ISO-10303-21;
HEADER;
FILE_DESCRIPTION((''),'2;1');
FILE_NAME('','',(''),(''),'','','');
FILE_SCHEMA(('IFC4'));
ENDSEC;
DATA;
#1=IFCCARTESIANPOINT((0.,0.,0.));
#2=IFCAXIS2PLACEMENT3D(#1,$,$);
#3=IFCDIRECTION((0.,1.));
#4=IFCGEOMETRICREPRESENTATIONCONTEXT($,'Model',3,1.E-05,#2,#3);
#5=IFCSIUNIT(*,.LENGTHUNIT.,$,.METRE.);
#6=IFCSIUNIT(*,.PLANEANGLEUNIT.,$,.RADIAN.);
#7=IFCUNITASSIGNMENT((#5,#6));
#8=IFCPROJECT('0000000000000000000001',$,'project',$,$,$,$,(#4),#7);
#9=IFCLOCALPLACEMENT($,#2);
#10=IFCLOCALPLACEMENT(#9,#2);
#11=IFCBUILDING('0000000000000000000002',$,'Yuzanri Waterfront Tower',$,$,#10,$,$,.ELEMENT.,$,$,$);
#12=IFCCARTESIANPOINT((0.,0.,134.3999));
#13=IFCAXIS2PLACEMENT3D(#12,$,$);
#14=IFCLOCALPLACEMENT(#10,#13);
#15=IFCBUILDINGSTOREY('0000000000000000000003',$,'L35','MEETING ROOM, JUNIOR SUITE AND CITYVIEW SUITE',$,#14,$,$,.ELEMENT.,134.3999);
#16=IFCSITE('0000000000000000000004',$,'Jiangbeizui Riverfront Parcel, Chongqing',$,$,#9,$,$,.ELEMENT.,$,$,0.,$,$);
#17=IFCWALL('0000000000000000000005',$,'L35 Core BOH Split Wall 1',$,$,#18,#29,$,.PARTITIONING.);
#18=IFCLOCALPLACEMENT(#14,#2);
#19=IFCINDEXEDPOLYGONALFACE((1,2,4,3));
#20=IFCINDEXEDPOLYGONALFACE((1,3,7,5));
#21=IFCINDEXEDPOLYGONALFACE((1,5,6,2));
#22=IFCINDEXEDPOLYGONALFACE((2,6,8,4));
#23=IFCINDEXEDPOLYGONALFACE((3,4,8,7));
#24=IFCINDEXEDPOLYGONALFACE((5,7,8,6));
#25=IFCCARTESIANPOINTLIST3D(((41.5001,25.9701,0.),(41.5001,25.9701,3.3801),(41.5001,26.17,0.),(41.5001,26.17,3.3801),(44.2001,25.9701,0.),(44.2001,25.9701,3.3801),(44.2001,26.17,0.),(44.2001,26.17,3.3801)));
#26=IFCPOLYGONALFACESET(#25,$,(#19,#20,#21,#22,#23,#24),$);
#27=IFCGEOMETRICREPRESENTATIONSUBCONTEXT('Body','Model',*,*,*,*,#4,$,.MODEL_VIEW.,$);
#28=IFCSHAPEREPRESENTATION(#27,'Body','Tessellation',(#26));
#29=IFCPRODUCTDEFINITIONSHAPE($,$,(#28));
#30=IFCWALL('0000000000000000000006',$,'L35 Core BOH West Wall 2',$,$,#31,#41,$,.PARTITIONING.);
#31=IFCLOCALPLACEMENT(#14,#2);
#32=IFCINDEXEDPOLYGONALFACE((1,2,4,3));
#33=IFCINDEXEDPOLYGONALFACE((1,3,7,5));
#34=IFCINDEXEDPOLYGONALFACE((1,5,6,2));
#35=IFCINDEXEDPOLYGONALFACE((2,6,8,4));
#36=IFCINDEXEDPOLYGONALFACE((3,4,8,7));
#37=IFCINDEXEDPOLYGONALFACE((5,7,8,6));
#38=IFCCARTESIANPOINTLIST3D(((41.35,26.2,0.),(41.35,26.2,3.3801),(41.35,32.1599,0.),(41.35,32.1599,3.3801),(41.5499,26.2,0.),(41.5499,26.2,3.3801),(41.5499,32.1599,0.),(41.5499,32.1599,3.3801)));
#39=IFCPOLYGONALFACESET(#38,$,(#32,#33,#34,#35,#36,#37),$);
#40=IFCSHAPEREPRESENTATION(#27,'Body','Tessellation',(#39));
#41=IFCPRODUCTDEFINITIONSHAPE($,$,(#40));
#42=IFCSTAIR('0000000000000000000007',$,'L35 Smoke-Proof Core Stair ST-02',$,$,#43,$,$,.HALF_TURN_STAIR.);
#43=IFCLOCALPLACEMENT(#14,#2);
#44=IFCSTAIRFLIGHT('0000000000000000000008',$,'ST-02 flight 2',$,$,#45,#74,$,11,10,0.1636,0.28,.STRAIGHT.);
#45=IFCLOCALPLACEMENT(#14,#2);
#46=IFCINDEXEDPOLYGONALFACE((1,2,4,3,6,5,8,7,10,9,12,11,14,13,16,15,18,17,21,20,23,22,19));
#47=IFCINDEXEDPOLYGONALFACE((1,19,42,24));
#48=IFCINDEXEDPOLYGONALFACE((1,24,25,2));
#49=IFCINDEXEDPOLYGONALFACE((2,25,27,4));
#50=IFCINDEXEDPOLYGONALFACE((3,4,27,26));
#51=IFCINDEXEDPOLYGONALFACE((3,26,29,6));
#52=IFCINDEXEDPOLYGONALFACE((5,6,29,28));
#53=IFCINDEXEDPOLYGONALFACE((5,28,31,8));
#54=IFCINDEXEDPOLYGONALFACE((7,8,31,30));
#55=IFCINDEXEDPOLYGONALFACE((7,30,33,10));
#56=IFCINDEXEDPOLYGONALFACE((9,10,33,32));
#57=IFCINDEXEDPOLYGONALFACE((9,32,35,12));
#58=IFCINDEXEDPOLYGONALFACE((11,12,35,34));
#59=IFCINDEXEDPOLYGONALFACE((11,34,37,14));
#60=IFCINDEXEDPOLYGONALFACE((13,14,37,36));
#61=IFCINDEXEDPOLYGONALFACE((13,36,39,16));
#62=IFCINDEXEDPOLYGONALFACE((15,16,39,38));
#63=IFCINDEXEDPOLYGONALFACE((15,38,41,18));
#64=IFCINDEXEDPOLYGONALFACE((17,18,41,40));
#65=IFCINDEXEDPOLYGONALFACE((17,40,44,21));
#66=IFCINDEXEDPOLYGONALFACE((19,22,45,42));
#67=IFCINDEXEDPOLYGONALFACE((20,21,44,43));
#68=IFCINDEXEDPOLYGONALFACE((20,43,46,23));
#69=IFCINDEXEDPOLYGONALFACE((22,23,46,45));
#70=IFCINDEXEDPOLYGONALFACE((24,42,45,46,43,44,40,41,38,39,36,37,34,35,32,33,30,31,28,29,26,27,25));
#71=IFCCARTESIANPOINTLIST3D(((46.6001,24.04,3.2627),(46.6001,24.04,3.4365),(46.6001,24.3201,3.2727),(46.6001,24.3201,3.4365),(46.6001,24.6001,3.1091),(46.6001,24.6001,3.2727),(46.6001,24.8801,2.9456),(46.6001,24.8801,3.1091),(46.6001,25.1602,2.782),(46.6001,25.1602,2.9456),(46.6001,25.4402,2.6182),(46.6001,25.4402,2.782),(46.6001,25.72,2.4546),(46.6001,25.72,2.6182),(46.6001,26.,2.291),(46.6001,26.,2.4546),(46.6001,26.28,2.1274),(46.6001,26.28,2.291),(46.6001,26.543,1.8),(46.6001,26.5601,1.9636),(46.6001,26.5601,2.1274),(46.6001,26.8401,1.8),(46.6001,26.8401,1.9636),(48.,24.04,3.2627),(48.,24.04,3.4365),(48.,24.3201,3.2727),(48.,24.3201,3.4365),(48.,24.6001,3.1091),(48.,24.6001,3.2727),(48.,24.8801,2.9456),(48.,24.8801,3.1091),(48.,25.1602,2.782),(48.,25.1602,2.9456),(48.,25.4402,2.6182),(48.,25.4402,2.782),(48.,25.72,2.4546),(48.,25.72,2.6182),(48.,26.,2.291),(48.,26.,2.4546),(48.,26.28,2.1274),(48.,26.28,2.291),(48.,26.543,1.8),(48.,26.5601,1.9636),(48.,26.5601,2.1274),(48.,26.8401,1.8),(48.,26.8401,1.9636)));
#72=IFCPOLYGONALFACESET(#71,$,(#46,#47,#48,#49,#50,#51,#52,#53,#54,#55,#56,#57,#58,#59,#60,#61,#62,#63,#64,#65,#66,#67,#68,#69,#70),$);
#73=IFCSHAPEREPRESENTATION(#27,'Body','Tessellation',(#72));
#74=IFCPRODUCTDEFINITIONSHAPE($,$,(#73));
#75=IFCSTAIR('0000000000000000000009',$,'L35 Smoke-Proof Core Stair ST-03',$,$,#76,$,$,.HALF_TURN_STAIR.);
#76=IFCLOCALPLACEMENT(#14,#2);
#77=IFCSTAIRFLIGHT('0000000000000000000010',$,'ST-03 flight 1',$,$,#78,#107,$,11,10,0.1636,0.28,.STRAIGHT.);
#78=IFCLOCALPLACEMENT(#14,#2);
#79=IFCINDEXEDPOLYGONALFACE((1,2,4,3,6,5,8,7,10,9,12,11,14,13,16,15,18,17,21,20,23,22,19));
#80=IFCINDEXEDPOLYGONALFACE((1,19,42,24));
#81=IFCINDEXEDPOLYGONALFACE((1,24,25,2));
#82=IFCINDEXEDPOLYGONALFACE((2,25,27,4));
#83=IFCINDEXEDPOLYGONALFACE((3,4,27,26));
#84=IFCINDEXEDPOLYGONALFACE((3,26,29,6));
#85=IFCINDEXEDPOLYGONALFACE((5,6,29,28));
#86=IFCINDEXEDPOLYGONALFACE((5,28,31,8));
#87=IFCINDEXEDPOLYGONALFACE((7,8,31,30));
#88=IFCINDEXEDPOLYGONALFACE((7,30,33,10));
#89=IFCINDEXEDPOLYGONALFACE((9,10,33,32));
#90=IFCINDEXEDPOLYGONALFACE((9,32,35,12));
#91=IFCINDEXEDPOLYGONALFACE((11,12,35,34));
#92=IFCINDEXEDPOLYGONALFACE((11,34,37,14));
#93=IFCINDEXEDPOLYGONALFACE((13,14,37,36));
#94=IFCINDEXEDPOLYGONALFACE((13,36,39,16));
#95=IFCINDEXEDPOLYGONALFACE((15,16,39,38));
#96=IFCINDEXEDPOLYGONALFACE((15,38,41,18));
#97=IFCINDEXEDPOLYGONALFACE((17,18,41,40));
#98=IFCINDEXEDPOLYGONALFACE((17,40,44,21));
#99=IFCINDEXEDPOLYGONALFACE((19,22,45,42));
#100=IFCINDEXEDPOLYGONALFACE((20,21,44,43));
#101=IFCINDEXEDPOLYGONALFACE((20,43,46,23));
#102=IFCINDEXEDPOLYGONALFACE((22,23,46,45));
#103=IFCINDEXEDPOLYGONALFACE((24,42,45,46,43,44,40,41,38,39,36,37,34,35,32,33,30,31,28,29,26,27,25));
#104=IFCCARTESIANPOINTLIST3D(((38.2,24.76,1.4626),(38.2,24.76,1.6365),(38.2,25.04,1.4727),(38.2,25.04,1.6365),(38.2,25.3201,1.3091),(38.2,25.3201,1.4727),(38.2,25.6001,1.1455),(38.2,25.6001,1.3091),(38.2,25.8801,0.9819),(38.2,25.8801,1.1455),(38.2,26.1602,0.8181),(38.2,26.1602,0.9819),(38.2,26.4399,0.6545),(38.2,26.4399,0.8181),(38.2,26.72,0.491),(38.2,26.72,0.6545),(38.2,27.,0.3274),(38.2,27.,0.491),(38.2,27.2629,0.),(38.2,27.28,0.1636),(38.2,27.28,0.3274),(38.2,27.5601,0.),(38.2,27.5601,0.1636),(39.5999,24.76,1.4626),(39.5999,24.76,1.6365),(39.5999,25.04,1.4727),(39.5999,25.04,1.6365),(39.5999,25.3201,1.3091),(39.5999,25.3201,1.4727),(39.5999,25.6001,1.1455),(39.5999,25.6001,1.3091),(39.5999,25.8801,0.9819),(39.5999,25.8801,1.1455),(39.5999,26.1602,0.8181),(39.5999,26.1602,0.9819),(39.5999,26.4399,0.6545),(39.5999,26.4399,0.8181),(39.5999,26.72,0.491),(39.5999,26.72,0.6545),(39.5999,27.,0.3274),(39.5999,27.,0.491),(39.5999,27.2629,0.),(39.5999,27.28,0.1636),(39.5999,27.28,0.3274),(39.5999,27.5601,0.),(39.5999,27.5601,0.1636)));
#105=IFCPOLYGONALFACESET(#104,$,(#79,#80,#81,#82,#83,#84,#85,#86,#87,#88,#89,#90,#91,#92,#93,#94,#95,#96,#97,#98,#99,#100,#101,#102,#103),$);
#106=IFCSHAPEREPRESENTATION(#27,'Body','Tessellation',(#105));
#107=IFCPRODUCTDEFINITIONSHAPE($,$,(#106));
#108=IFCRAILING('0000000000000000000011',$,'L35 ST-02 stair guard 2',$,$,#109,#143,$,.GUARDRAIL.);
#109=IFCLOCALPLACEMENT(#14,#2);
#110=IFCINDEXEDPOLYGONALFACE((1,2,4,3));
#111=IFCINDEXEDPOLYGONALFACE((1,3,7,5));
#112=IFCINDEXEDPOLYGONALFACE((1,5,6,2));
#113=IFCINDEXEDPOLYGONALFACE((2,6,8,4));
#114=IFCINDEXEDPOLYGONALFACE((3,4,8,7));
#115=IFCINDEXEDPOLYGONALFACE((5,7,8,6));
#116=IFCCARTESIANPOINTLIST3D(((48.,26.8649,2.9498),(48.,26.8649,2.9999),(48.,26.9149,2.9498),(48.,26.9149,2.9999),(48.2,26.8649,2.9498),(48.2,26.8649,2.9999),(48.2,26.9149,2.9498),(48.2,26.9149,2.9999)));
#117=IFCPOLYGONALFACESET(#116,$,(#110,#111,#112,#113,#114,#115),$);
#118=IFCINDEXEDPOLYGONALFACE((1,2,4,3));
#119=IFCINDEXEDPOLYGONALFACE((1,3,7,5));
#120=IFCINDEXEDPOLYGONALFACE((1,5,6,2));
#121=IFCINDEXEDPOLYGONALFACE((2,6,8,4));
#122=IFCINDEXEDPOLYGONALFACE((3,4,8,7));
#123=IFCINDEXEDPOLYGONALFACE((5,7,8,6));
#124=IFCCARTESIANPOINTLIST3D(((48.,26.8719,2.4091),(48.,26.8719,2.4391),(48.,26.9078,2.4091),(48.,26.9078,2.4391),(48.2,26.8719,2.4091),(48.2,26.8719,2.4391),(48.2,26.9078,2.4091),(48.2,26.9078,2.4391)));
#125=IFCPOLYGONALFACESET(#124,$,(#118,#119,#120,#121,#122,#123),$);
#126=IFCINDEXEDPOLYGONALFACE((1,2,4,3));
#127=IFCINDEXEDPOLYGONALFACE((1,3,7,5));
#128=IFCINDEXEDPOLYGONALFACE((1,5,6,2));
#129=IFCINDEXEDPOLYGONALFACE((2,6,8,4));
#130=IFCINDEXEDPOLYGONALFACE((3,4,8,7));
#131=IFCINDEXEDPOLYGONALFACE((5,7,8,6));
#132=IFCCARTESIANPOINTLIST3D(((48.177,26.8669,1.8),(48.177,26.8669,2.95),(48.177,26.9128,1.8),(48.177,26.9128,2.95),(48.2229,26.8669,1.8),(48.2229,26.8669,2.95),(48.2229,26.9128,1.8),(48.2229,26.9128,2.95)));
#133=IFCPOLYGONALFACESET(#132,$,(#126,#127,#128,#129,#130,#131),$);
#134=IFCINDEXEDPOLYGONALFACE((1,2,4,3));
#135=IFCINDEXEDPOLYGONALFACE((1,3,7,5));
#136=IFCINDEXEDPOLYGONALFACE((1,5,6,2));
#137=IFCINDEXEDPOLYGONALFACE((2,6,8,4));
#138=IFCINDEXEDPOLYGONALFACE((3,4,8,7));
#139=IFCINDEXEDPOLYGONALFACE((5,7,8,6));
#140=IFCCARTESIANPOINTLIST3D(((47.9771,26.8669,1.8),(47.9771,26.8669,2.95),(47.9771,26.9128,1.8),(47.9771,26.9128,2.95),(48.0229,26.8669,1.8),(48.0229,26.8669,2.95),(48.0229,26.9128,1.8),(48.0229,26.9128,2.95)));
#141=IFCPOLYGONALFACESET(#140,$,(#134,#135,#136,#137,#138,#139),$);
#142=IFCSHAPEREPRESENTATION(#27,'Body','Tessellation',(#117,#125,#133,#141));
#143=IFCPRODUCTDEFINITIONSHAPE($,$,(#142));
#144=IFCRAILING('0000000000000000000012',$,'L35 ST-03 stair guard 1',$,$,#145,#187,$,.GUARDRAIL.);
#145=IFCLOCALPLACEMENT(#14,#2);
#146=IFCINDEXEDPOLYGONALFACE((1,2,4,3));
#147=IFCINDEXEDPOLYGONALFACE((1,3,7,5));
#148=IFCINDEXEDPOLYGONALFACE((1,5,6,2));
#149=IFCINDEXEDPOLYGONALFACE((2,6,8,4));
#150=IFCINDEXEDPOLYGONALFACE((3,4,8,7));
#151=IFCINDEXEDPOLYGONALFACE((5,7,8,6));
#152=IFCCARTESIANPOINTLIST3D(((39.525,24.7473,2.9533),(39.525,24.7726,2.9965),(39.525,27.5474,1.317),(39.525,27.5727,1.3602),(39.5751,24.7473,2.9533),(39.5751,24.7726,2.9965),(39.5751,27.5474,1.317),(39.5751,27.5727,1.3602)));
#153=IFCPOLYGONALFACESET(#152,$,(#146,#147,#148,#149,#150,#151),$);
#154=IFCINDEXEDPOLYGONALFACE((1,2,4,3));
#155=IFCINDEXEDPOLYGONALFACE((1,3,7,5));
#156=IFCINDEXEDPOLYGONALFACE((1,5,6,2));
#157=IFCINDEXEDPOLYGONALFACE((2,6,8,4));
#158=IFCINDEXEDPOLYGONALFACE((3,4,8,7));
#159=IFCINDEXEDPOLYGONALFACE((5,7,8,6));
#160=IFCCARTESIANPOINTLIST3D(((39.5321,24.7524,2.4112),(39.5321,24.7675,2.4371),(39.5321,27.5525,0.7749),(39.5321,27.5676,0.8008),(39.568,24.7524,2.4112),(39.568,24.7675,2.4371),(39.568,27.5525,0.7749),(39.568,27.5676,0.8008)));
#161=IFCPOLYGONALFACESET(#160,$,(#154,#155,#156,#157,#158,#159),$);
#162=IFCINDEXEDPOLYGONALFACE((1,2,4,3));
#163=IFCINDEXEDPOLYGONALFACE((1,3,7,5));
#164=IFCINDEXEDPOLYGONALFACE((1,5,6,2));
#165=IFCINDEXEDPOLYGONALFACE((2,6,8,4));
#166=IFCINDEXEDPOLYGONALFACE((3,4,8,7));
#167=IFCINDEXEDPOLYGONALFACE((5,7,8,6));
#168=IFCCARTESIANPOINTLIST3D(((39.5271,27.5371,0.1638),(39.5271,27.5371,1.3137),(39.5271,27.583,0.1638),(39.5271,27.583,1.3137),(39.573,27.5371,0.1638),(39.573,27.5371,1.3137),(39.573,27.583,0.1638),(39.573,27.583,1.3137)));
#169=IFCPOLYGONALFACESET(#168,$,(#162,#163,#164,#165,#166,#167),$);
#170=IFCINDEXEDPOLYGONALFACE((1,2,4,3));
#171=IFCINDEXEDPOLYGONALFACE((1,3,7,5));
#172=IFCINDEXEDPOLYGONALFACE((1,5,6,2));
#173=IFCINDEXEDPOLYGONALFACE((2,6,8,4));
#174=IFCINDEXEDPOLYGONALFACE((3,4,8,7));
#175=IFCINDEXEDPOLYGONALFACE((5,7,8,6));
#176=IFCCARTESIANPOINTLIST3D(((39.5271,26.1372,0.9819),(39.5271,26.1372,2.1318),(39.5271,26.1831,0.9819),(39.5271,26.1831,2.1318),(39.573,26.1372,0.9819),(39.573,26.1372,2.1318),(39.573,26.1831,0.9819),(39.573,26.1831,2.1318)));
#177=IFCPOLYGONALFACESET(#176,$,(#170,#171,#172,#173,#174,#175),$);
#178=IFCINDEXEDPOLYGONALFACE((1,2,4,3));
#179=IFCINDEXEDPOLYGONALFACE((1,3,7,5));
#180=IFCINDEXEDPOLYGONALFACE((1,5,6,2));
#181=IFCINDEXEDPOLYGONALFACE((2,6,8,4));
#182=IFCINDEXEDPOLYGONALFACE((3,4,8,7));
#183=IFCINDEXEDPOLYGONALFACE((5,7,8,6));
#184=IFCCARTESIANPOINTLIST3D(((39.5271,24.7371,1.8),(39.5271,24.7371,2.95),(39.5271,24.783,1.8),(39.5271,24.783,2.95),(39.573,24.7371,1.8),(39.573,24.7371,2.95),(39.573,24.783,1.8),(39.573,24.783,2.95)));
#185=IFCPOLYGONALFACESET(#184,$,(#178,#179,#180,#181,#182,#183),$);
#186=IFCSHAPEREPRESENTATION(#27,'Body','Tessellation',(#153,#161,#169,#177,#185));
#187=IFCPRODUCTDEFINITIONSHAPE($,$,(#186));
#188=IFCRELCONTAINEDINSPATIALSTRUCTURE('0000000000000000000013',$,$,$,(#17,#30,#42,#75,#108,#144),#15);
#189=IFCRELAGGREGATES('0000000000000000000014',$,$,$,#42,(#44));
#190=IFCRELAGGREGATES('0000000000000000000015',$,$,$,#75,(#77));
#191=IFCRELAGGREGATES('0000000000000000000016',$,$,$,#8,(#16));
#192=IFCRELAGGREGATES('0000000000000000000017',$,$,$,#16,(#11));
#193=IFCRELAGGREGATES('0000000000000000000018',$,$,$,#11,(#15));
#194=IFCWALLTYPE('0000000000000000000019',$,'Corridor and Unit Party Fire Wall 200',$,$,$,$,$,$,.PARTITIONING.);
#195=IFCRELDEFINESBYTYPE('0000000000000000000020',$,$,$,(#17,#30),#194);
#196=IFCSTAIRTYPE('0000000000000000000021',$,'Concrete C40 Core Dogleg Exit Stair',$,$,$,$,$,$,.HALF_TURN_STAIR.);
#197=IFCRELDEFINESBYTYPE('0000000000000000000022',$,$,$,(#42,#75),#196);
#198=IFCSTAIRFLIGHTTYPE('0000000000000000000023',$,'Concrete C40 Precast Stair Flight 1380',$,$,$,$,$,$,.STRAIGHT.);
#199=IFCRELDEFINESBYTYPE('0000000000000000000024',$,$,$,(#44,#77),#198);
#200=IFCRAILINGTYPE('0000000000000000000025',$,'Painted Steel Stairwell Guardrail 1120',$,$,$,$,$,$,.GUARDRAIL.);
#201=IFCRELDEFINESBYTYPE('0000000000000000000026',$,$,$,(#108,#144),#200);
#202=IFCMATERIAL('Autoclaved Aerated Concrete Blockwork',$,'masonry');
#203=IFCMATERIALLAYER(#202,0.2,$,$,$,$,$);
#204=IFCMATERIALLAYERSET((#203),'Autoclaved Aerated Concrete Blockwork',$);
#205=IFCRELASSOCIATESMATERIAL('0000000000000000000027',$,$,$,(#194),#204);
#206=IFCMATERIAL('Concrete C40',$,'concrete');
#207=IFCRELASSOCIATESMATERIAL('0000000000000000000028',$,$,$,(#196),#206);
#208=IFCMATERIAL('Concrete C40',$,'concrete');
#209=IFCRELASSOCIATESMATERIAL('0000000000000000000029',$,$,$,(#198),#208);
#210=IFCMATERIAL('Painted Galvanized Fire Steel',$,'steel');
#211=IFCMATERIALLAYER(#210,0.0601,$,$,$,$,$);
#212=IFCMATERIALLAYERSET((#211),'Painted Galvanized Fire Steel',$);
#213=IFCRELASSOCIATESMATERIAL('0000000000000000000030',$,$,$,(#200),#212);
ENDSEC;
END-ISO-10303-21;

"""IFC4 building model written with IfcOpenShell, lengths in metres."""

from ifc_helpers import new_model, si_unit, direction, frame, frame_2d, origin, origin_2d, place, context, subcontext, project, spatial, polyline, rectangle, outline, extrude, source, transform, mapped, material, layer, layer_set, type_object, element, aggregate, save


model = new_model("IFC4")

# Units and contexts
model_context = context("Model", 3, precision=1e-05, world=origin(), true_north=direction((0.0, 1.0)))
body_context = subcontext(model_context, "Body", "Model", "MODEL_VIEW")
ifc_project = project(units=[si_unit("LENGTHUNIT", "METRE"), si_unit("PLANEANGLEUNIT", "RADIAN")], contexts=[model_context])

# Site, building, storey
site_placement = place(None, origin())
site = spatial("IfcSite", under=ifc_project, at=site_placement, Name="Jiangbeizui Riverfront Parcel, Chongqing", CompositionType="ELEMENT", RefElevation=0.0)
building_placement = place(site_placement, origin())
building = spatial("IfcBuilding", under=site, at=building_placement, Name="Yuzanri Waterfront Tower", CompositionType="ELEMENT")
storey_placement = place(building_placement, frame((0.0, 0.0, 134.3999)))
storey = spatial("IfcBuildingStorey", under=building, at=storey_placement, Name="L35", Description="MEETING ROOM, JUNIOR SUITE AND CITYVIEW SUITE", CompositionType="ELEMENT", Elevation=134.3999)

# Walls
ifc_material_1 = material(Name="Autoclaved Aerated Concrete Blockwork", Category="masonry")
ifc_layer_1 = layer(ifc_material_1, 0.2)
ifc_layer_set_1 = layer_set([ifc_layer_1], Name="Autoclaved Aerated Concrete Blockwork")
wall_type_1 = type_object("IfcWallType", Name="Corridor and Unit Party Fire Wall 200", PredefinedType="PARTITIONING", material=ifc_layer_set_1)
shared_shape_1 = source(origin(), body_context, "Body", "SweptSolid", [
    extrude(rectangle(XDim=2.7, YDim=0.2, at=frame_2d((1.3501, 0.0))), origin(), (0.0, 0.0, 1.0), 3.3801),
])
wall_1_placement = place(storey_placement, frame((41.5, 26.0701, 0.0), z_axis=(0.0, 0.0, 1.0), x_axis=(1.0, 0.0, 0.0)))
element("IfcWall", 1, at=wall_1_placement, inside=storey, type_object=wall_type_1, Name="L35 Core BOH Split Wall 1", PredefinedType="PARTITIONING", context=body_context, shape_type="MappedRepresentation", body=[
    mapped(shared_shape_1, transform((0.0, 0.0, 0.0), scale=1.0)),
])
shared_shape_2 = source(origin(), body_context, "Body", "SweptSolid", [
    extrude(rectangle(XDim=5.96, YDim=0.2, at=frame_2d((2.98, 0.0))), origin(), (0.0, 0.0, 1.0), 3.3801),
])
wall_2_placement = place(storey_placement, frame((41.45, 26.2, 0.0), z_axis=(0.0, 0.0, 1.0), x_axis=(0.0, 1.0, 0.0)))
element("IfcWall", 2, at=wall_2_placement, inside=storey, type_object=wall_type_1, Name="L35 Core BOH West Wall 2", PredefinedType="PARTITIONING", context=body_context, shape_type="MappedRepresentation", body=[
    mapped(shared_shape_2, transform((0.0, 0.0, 0.0), scale=1.0)),
])

# Stairs, stair flights
ifc_material_2 = material(Name="Concrete C40", Category="concrete")
stair_type = type_object("IfcStairType", Name="Concrete C40 Core Dogleg Exit Stair", PredefinedType="HALF_TURN_STAIR", material=ifc_material_2)
stair_1_placement = place(storey_placement, origin())
stair_1 = element("IfcStair", 3, at=stair_1_placement, inside=storey, type_object=stair_type, Name="L35 Smoke-Proof Core Stair ST-02", PredefinedType="HALF_TURN_STAIR")
ifc_material_3 = material(Name="Concrete C40", Category="concrete")
stair_flight_type = type_object("IfcStairFlightType", Name="Concrete C40 Precast Stair Flight 1380", PredefinedType="STRAIGHT", material=ifc_material_3)
shared_shape_3 = source(origin(), body_context, "Body", "SweptSolid", [
    extrude(outline(polyline([(0.0, 0.0), (0.0, 0.1636), (0.28, 0.1636), (0.28, 0.3274), (0.5601, 0.3274), (0.5601, 0.491), (0.8401, 0.491), (0.8401, 0.6545), (1.1201, 0.6545), (1.1201, 0.8181), (1.3999, 0.8181), (1.3999, 0.9819), (1.6799, 0.9819), (1.6799, 1.1455), (1.96, 1.1455), (1.96, 1.3091), (2.24, 1.3091), (2.24, 1.4727), (2.52, 1.4727), (2.52, 1.6365), (2.8, 1.6365), (2.8, 1.8), (2.8, 1.4626), (0.2971, 0.0), (0.0, 0.0)])), frame((0.0, 0.7, 0.0), z_axis=(0.0, -1.0, 0.0), x_axis=(1.0, 0.0, 0.0)), (0.0, 0.0, 1.0), 1.3999),
])
stair_flight_1_placement = place(storey_placement, frame((47.3, 26.8401, 1.8), z_axis=(0.0, 0.0, 1.0), x_axis=(0.0, -1.0, 0.0)))
stair_flight_1 = element("IfcStairFlight", 4, at=stair_flight_1_placement, type_object=stair_flight_type, Name="ST-02 flight 2", NumberOfRisers=11, NumberOfTreads=10, PredefinedType="STRAIGHT", RiserHeight=0.1636, TreadLength=0.28, context=body_context, shape_type="MappedRepresentation", body=[
    mapped(shared_shape_3, transform((0.0, 0.0, 0.0), scale=1.0)),
])
aggregate(stair_1, [stair_flight_1])
stair_2_placement = place(storey_placement, origin())
stair_2 = element("IfcStair", 5, at=stair_2_placement, inside=storey, type_object=stair_type, Name="L35 Smoke-Proof Core Stair ST-03", PredefinedType="HALF_TURN_STAIR")
stair_flight_2_placement = place(storey_placement, frame((38.8999, 27.5601, 0.0), z_axis=(0.0, 0.0, 1.0), x_axis=(0.0, -1.0, 0.0)))
stair_flight_2 = element("IfcStairFlight", 6, at=stair_flight_2_placement, type_object=stair_flight_type, Name="ST-03 flight 1", NumberOfRisers=11, NumberOfTreads=10, PredefinedType="STRAIGHT", RiserHeight=0.1636, TreadLength=0.28, context=body_context, shape_type="MappedRepresentation", body=[
    mapped(shared_shape_3, transform((0.0, 0.0, 0.0), scale=1.0)),
])
aggregate(stair_2, [stair_flight_2])

# Railings
ifc_material_4 = material(Name="Painted Galvanized Fire Steel", Category="steel")
ifc_layer_2 = layer(ifc_material_4, 0.0601)
ifc_layer_set_2 = layer_set([ifc_layer_2], Name="Painted Galvanized Fire Steel")
railing_type_1 = type_object("IfcRailingType", Name="Painted Steel Stairwell Guardrail 1120", PredefinedType="GUARDRAIL", material=ifc_layer_set_2)
shared_shape_4 = source(origin(), body_context, "Body", "SweptSolid", [
    extrude(rectangle(XDim=0.05, YDim=0.05, at=origin_2d()), frame((0.0, 0.0, 1.1748), z_axis=(-1.0, 0.0, 0.0), x_axis=(0.0, -1.0, 0.0)), (0.0, 0.0, 1.0), 0.2),
    extrude(rectangle(XDim=0.0359, YDim=0.03, at=origin_2d()), frame((0.0, 0.0, 0.624), z_axis=(-1.0, 0.0, 0.0), x_axis=(0.0, -1.0, 0.0)), (0.0, 0.0, 1.0), 0.2),
    extrude(rectangle(XDim=0.0459, YDim=0.0459, at=origin_2d()), origin(), (0.0, 0.0, 1.0), 1.1499),
    extrude(rectangle(XDim=0.0459, YDim=0.0459, at=origin_2d()), frame((-0.2, 0.0, 0.0)), (0.0, 0.0, 1.0), 1.1499),
])
railing_1_placement = place(storey_placement, frame((48.2, 26.8899, 1.8)))
element("IfcRailing", 7, at=railing_1_placement, inside=storey, type_object=railing_type_1, Name="L35 ST-02 stair guard 2", PredefinedType="GUARDRAIL", context=body_context, shape_type="MappedRepresentation", body=[
    mapped(shared_shape_4, transform((0.0, 0.0, 0.0), scale=1.0)),
])
shared_shape_5 = source(origin(), body_context, "Body", "SweptSolid", [
    extrude(rectangle(XDim=0.05, YDim=0.05, at=origin_2d()), frame((0.0, 0.0, 1.1748), z_axis=(0.0, -0.863394, 0.504531), x_axis=(1.0, 0.0, 0.0)), (0.0, 0.0, 1.0), 3.2432),
    extrude(rectangle(XDim=0.0359, YDim=0.03, at=origin_2d()), frame((0.0, 0.0, 0.624), z_axis=(0.0, -0.863394, 0.504531), x_axis=(1.0, 0.0, 0.0)), (0.0, 0.0, 1.0), 3.2432),
    extrude(rectangle(XDim=0.0459, YDim=0.0459, at=origin_2d()), origin(), (0.0, 0.0, 1.0), 1.1499),
    extrude(rectangle(XDim=0.0459, YDim=0.0459, at=origin_2d()), frame((0.0, -1.3999, 0.8181)), (0.0, 0.0, 1.0), 1.1499),
    extrude(rectangle(XDim=0.0459, YDim=0.0459, at=origin_2d()), frame((0.0, -2.8, 1.6362)), (0.0, 0.0, 1.0), 1.1499),
])
railing_2_placement = place(storey_placement, frame((39.55, 27.5601, 0.1638)))
element("IfcRailing", 8, at=railing_2_placement, inside=storey, type_object=railing_type_1, Name="L35 ST-03 stair guard 1", PredefinedType="GUARDRAIL", context=body_context, shape_type="MappedRepresentation", body=[
    mapped(shared_shape_5, transform((0.0, 0.0, 0.0), scale=1.0)),
])

save(model, "model.ifc")
